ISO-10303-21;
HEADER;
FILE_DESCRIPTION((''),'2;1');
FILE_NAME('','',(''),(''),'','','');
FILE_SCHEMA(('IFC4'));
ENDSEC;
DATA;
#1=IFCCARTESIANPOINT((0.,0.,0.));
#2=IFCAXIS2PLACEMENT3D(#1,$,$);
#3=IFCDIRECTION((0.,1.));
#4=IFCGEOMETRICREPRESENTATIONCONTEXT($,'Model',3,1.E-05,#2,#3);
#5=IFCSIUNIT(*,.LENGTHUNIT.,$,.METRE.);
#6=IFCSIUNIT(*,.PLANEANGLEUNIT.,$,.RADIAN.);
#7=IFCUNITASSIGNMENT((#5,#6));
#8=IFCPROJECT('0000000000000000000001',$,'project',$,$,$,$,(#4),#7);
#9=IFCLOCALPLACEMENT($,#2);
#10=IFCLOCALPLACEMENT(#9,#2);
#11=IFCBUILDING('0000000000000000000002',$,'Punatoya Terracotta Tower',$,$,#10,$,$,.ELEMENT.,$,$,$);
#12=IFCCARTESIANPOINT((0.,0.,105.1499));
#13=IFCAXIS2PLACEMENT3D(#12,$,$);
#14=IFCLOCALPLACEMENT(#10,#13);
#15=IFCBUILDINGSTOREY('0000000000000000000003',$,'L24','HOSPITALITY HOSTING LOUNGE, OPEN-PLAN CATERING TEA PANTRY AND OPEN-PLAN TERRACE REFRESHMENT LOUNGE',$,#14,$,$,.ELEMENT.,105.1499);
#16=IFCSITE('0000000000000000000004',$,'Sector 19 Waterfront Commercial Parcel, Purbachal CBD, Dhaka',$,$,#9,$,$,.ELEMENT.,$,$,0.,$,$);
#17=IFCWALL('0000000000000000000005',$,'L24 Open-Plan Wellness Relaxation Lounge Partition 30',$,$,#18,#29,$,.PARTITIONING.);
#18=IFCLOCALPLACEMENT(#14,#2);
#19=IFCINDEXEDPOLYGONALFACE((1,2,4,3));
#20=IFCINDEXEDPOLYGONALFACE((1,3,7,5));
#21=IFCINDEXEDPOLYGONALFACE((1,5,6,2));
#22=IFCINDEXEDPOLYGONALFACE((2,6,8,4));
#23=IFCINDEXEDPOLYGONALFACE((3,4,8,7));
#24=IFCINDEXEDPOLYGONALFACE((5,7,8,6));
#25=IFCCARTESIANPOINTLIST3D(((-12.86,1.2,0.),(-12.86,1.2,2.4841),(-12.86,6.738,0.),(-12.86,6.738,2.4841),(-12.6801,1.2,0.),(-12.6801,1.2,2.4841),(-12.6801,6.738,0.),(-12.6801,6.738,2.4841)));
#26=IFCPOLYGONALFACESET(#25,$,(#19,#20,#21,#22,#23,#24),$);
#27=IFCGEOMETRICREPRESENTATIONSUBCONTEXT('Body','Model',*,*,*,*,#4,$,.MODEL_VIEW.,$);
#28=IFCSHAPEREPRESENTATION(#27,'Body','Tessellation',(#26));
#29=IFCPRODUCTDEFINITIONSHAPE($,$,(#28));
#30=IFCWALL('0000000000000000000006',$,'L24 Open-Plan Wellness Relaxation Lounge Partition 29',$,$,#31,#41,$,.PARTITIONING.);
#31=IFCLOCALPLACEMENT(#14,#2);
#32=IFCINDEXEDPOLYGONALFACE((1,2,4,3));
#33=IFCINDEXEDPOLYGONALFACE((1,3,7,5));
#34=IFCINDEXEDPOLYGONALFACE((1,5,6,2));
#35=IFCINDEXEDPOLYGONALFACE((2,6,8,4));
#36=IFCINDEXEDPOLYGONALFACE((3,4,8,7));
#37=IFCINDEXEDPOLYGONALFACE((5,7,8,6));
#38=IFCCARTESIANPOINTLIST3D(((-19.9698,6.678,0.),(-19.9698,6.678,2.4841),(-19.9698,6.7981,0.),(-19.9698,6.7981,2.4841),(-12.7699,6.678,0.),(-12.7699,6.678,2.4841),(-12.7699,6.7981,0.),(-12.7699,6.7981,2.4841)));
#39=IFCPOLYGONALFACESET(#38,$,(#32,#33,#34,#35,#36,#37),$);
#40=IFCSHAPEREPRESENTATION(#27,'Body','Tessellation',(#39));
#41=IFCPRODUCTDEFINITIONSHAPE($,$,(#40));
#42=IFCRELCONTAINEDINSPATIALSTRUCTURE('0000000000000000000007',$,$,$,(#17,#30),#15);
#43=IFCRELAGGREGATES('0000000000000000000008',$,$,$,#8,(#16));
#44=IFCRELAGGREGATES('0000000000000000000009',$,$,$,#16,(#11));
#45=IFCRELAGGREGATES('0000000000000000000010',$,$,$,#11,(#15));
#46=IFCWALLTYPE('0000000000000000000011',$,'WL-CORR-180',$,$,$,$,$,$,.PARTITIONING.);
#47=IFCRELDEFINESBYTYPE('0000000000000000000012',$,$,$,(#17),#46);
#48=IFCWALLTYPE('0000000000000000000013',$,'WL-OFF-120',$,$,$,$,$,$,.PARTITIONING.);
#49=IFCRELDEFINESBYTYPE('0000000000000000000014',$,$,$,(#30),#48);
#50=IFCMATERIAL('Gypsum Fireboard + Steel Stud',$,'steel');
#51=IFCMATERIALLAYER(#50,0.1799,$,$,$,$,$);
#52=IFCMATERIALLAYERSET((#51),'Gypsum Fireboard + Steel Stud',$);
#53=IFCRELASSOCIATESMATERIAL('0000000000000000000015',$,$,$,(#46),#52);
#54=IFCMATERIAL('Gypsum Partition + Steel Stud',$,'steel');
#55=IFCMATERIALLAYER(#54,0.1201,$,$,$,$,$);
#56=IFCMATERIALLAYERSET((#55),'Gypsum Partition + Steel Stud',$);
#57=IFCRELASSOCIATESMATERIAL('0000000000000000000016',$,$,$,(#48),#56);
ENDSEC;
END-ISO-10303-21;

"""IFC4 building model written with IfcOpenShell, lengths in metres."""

from ifc_helpers import new_model, si_unit, direction, frame, frame_2d, origin, place, context, subcontext, project, spatial, rectangle, extrude, material, layer, layer_set, type_object, element, save


model = new_model("IFC4")

# Units and contexts
model_context = context("Model", 3, precision=1e-05, world=origin(), true_north=direction((0.0, 1.0)))
body_context = subcontext(model_context, "Body", "Model", "MODEL_VIEW")
ifc_project = project(units=[si_unit("LENGTHUNIT", "METRE"), si_unit("PLANEANGLEUNIT", "RADIAN")], contexts=[model_context])

# Site, building, storey
site_placement = place(None, origin())
site = spatial("IfcSite", under=ifc_project, at=site_placement, Name="Sector 19 Waterfront Commercial Parcel, Purbachal CBD, Dhaka", CompositionType="ELEMENT", RefElevation=0.0)
building_placement = place(site_placement, origin())
building = spatial("IfcBuilding", under=site, at=building_placement, Name="Punatoya Terracotta Tower", CompositionType="ELEMENT")
storey_placement = place(building_placement, frame((0.0, 0.0, 105.1499)))
storey = spatial("IfcBuildingStorey", under=building, at=storey_placement, Name="L24", Description="HOSPITALITY HOSTING LOUNGE, OPEN-PLAN CATERING TEA PANTRY AND OPEN-PLAN TERRACE REFRESHMENT LOUNGE", CompositionType="ELEMENT", Elevation=105.1499)

# Shared definitions
ifc_material_1 = material(Name="Gypsum Fireboard + Steel Stud", Category="steel")
ifc_layer_1 = layer(ifc_material_1, 0.1799)
ifc_layer_set_1 = layer_set([ifc_layer_1], Name="Gypsum Fireboard + Steel Stud")
wall_type_1 = type_object("IfcWallType", Name="WL-CORR-180", PredefinedType="PARTITIONING", material=ifc_layer_set_1)

# Walls
wall_1_placement = place(storey_placement, frame((-12.77, 6.738, 0.0), z_axis=(0.0, 0.0, 1.0), x_axis=(0.0, -1.0, 0.0)))
element("IfcWall", 1, at=wall_1_placement, inside=storey, type_object=wall_type_1, Name="L24 Open-Plan Wellness Relaxation Lounge Partition 30", PredefinedType="PARTITIONING", context=body_context, shape_type="SweptSolid", body=[
    extrude(rectangle(XDim=5.5381, YDim=0.1799, at=frame_2d((2.769, 0.0))), origin(), (0.0, 0.0, 1.0), 2.4841),
])
ifc_material_2 = material(Name="Gypsum Partition + Steel Stud", Category="steel")
ifc_layer_2 = layer(ifc_material_2, 0.1201)
ifc_layer_set_2 = layer_set([ifc_layer_2], Name="Gypsum Partition + Steel Stud")
wall_type_2 = type_object("IfcWallType", Name="WL-OFF-120", PredefinedType="PARTITIONING", material=ifc_layer_set_2)
wall_2_placement = place(storey_placement, frame((-19.97, 6.738, 0.0), z_axis=(0.0, 0.0, 1.0), x_axis=(1.0, 0.0, 0.0)))
element("IfcWall", 2, at=wall_2_placement, inside=storey, type_object=wall_type_2, Name="L24 Open-Plan Wellness Relaxation Lounge Partition 29", PredefinedType="PARTITIONING", context=body_context, shape_type="SweptSolid", body=[
    extrude(rectangle(XDim=7.2, YDim=0.1201, at=frame_2d((3.6001, 0.0))), origin(), (0.0, 0.0, 1.0), 2.4841),
])

save(model, "model.ifc")
